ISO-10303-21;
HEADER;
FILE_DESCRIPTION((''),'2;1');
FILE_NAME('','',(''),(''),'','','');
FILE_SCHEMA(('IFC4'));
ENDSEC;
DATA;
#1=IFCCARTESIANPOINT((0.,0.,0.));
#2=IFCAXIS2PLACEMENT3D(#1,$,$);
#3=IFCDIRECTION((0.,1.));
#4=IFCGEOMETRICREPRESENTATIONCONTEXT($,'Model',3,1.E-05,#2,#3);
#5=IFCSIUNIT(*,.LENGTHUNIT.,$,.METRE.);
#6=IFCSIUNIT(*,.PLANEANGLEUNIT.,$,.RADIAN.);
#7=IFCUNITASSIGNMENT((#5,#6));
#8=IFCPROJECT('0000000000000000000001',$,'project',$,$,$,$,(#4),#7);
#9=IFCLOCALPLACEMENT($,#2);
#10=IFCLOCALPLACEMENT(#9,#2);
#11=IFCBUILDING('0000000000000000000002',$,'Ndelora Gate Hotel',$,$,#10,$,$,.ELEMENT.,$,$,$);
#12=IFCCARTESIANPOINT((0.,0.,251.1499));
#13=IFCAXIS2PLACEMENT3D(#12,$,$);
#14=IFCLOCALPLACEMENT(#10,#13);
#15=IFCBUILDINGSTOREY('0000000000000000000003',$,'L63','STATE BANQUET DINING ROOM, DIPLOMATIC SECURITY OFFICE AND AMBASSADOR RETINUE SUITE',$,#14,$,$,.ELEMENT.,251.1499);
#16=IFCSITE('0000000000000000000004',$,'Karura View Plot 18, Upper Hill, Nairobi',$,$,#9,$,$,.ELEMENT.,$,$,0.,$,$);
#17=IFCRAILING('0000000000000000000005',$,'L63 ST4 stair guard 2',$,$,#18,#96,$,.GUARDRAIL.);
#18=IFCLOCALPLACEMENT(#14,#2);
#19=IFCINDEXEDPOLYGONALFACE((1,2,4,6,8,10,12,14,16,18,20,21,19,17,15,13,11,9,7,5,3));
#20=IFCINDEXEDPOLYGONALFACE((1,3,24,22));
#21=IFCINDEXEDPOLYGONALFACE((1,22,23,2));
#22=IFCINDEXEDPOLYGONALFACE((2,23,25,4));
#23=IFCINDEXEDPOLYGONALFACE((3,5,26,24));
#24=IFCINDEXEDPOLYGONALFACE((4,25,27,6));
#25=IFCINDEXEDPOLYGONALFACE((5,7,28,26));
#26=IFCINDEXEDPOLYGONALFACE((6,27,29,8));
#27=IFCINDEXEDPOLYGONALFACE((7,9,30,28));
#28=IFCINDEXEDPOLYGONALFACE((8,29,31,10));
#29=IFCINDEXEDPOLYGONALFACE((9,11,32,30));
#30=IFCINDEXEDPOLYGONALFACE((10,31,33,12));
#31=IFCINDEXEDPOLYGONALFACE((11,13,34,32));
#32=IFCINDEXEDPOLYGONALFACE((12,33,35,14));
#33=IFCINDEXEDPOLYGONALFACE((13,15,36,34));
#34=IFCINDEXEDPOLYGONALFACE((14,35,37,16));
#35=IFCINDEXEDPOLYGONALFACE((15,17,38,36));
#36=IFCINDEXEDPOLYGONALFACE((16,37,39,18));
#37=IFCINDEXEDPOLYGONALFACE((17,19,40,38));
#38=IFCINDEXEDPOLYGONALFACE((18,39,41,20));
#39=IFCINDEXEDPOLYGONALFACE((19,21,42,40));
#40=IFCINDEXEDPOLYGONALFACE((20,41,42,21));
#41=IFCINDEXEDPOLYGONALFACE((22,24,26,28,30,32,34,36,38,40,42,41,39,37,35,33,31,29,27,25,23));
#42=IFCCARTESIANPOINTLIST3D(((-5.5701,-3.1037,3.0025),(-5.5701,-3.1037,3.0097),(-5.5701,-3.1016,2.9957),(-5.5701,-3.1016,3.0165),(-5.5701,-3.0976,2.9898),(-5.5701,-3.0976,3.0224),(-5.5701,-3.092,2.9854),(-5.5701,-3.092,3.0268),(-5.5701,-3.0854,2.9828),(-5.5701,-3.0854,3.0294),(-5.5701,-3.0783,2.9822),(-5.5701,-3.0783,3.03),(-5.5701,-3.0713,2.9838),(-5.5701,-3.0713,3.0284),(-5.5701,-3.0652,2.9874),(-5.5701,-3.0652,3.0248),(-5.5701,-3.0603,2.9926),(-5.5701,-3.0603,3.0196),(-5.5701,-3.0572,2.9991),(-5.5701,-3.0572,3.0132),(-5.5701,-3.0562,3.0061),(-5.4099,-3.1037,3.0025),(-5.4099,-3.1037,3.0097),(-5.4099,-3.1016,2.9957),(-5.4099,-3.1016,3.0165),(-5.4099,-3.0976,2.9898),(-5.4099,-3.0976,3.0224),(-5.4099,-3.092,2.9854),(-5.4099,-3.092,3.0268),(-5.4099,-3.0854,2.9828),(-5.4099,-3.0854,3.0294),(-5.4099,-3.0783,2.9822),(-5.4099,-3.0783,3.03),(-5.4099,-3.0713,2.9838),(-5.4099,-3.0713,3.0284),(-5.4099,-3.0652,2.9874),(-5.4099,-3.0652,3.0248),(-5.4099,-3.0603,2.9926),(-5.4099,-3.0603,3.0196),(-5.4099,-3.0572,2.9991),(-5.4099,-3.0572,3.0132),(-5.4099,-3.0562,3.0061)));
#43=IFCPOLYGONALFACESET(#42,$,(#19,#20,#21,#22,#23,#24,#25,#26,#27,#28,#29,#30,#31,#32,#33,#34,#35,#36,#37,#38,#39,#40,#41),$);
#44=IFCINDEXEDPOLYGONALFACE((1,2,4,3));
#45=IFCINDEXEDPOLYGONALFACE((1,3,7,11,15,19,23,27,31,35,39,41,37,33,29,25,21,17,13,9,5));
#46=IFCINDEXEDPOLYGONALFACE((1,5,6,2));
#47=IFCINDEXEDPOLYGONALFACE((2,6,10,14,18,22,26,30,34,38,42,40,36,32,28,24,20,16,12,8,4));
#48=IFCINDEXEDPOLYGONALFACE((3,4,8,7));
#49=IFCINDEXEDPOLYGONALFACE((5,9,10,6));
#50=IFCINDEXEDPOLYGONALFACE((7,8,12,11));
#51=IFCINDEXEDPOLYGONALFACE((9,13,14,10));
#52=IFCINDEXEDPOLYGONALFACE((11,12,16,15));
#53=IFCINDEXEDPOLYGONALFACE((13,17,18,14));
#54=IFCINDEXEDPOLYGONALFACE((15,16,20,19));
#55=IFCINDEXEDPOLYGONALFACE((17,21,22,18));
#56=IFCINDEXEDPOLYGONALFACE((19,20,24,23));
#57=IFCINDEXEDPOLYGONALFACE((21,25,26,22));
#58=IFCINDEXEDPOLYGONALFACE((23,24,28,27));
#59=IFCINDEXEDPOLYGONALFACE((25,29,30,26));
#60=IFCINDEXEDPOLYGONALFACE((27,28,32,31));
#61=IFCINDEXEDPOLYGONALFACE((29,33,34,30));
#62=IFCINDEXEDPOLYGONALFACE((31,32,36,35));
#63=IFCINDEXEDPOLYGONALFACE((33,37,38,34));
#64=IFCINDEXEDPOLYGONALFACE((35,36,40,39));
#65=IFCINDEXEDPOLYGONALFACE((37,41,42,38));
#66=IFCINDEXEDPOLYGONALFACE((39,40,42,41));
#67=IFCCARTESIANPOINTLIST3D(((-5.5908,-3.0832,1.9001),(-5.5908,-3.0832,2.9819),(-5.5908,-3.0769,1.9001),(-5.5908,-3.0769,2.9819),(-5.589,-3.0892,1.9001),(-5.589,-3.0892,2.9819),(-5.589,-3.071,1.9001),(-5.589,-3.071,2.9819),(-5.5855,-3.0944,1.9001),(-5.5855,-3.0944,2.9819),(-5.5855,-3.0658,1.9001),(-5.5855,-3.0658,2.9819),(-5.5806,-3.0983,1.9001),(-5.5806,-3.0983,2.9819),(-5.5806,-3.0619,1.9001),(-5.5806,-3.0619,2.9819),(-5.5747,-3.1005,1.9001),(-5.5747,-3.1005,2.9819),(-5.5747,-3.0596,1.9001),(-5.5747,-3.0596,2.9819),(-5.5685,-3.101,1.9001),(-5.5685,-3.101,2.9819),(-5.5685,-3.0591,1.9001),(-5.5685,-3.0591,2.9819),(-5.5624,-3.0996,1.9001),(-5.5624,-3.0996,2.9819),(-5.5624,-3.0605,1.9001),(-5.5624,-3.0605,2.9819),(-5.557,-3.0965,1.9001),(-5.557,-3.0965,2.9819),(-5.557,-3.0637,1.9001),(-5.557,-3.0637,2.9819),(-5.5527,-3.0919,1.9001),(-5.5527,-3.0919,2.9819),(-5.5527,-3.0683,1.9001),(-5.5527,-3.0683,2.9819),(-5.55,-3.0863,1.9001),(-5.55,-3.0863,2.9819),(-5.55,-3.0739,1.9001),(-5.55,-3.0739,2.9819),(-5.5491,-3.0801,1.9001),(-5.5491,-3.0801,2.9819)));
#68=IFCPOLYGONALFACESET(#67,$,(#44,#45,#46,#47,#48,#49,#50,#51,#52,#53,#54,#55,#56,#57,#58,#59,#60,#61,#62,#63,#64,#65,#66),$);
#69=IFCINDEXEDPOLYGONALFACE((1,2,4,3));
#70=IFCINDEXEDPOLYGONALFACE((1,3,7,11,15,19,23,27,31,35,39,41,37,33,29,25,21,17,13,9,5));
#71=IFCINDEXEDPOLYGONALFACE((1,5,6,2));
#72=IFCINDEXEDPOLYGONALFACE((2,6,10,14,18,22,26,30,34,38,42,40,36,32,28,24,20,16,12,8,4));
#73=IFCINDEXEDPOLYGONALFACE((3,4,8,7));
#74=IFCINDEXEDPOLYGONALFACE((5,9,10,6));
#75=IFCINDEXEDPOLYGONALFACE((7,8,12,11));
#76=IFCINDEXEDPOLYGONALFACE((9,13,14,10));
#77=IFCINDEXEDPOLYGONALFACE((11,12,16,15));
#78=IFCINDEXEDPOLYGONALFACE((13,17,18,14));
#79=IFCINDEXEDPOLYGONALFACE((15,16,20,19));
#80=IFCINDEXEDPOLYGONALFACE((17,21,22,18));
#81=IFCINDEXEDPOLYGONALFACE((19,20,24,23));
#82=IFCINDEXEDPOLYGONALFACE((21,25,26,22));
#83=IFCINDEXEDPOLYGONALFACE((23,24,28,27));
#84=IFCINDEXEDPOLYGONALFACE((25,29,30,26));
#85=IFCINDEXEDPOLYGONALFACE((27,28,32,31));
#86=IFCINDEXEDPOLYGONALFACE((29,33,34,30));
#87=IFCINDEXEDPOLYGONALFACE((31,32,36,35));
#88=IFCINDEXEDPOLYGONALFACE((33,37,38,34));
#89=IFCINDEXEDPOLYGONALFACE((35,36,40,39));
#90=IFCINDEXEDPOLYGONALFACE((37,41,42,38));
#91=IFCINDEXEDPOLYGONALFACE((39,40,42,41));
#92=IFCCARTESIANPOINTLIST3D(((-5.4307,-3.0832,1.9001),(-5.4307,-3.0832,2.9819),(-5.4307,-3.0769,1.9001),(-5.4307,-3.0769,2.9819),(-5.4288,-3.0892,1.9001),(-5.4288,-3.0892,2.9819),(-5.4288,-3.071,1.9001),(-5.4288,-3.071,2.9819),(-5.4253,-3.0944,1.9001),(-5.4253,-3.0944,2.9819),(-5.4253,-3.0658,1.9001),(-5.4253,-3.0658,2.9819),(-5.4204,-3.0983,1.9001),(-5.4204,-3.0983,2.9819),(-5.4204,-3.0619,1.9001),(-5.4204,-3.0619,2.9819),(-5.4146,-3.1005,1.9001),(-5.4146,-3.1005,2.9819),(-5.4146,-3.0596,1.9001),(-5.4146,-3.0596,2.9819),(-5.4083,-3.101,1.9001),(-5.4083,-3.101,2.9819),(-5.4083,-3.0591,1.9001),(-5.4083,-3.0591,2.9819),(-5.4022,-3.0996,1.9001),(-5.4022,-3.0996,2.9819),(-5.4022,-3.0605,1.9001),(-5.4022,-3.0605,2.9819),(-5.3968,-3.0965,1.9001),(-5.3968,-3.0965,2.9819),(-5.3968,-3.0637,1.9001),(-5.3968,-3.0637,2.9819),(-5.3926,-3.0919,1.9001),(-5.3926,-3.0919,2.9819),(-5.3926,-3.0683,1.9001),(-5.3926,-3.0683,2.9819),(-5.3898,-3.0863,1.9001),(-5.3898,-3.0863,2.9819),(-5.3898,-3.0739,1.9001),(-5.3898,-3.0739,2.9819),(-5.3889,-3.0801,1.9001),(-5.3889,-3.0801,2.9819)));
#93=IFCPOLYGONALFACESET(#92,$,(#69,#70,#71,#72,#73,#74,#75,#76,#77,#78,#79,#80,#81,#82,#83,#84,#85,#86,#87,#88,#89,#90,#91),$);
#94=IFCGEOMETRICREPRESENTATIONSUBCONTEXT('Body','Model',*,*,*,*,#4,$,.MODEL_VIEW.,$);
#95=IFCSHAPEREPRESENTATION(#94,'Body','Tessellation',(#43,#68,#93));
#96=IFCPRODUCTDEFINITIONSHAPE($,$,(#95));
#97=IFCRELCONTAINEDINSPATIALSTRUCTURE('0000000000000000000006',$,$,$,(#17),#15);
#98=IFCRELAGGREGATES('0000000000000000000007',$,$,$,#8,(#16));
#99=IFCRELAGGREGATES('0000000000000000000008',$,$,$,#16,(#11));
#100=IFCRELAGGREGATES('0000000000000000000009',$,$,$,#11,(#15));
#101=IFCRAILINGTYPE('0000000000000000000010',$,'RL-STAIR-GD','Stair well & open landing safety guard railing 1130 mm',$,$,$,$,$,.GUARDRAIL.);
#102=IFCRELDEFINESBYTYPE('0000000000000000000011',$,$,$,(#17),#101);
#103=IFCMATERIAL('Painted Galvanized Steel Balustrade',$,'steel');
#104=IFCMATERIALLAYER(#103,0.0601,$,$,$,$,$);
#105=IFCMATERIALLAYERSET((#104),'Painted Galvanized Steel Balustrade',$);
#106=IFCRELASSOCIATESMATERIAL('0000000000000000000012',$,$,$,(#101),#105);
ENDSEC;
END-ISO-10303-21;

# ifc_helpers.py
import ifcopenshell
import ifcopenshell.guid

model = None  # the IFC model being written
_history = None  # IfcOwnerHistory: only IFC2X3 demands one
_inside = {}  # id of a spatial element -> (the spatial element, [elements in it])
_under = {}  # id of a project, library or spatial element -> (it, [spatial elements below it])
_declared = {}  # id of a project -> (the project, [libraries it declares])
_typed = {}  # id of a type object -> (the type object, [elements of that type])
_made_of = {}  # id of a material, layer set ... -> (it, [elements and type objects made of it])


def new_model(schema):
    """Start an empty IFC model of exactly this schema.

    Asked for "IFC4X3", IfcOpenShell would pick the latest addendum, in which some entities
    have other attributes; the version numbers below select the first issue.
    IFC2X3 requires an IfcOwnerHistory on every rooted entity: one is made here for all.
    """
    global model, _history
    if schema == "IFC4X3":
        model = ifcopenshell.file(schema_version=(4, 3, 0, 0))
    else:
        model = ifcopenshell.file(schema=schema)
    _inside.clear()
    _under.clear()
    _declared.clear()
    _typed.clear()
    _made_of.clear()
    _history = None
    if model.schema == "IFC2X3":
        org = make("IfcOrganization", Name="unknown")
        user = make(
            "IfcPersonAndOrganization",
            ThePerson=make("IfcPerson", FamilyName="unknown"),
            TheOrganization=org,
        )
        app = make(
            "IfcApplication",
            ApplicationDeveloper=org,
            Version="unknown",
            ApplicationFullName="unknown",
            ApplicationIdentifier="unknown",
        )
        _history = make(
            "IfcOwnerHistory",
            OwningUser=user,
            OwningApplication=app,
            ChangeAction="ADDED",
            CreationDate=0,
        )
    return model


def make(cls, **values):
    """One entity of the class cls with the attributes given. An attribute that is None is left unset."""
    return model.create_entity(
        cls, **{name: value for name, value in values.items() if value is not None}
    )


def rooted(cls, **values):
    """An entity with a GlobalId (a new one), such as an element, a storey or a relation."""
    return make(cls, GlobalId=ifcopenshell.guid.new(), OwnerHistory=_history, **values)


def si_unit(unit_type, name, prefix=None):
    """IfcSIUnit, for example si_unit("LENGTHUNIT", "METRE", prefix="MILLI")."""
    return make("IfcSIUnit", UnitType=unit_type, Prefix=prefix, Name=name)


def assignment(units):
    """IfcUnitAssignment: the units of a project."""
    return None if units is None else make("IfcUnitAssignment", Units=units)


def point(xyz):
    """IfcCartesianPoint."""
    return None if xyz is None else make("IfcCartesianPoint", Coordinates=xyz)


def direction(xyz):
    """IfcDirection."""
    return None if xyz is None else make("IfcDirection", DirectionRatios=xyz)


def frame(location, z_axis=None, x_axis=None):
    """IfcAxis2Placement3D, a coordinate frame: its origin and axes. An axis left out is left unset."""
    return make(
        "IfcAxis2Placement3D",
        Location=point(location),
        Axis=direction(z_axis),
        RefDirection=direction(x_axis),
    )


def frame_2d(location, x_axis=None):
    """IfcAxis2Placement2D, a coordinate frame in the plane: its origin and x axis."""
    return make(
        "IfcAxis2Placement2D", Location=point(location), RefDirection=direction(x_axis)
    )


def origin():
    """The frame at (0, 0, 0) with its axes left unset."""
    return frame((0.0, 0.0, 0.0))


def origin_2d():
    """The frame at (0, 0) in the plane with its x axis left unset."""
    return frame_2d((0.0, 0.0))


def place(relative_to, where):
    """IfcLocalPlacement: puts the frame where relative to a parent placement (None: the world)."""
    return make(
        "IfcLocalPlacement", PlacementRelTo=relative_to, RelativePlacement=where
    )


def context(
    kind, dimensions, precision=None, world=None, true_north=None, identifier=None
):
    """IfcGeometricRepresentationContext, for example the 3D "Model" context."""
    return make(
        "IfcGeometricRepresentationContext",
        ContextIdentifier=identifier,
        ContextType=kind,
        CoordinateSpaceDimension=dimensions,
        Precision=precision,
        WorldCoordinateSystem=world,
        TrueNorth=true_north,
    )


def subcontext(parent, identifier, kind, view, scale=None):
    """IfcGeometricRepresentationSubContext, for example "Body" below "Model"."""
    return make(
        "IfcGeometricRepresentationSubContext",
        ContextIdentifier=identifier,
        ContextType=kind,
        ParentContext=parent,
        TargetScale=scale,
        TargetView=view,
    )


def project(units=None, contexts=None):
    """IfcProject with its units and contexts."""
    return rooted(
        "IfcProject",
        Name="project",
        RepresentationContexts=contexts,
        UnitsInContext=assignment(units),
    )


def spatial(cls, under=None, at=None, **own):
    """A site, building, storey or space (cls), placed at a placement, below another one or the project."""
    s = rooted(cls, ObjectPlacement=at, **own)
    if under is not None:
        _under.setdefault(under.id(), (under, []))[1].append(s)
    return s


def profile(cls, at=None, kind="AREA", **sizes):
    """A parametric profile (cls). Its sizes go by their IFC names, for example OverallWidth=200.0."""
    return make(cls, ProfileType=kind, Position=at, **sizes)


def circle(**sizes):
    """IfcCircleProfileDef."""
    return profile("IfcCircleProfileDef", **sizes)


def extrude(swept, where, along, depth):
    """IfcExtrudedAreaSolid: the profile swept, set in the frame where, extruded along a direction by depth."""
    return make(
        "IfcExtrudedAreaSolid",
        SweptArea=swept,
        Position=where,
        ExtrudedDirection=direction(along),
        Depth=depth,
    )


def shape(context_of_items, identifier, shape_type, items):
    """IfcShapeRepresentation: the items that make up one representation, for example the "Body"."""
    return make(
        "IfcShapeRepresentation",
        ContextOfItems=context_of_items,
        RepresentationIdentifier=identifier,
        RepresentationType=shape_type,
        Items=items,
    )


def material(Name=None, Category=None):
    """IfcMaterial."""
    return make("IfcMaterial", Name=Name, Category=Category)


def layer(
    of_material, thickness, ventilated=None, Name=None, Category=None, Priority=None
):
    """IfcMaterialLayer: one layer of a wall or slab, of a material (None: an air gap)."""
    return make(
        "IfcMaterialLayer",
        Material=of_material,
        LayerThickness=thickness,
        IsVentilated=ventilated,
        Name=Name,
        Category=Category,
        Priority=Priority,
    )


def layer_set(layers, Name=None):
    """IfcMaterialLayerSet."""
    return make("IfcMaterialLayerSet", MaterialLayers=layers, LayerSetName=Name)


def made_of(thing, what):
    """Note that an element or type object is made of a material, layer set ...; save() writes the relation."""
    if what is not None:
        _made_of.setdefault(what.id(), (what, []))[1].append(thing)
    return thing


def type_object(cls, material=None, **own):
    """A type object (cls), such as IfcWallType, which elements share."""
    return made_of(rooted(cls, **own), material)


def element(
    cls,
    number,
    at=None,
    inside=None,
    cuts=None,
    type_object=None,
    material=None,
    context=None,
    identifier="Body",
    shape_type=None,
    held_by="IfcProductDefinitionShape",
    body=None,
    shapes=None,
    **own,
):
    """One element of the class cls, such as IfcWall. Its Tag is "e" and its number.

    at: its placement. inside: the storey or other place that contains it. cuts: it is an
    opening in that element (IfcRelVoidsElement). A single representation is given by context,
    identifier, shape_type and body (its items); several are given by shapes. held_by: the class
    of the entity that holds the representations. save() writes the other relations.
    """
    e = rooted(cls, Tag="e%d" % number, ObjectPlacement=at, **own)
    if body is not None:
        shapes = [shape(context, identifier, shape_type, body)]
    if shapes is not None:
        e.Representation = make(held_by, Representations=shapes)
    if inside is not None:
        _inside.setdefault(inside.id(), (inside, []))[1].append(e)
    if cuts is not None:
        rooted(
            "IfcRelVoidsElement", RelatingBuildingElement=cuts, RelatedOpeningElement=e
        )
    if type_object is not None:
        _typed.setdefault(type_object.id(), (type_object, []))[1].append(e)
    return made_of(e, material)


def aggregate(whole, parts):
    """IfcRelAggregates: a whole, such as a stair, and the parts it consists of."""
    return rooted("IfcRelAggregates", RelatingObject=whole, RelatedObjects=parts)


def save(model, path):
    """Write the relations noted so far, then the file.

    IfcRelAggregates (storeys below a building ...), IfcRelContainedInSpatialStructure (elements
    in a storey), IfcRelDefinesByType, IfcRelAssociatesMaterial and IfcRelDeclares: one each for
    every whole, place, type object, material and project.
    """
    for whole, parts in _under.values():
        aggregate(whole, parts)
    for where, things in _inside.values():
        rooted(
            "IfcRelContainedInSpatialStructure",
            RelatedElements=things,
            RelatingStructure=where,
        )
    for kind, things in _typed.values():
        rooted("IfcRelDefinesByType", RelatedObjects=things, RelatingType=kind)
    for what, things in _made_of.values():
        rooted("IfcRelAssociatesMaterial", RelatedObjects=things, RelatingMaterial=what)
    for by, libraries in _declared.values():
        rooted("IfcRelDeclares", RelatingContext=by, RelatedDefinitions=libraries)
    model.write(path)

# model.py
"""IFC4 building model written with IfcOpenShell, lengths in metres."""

from ifc_helpers import new_model, si_unit, direction, frame, origin, origin_2d, place, context, subcontext, project, spatial, circle, extrude, material, layer, layer_set, type_object, element, save


model = new_model("IFC4")

# Units and contexts
model_context = context("Model", 3, precision=1e-05, world=origin(), true_north=direction((0.0, 1.0)))
body_context = subcontext(model_context, "Body", "Model", "MODEL_VIEW")
ifc_project = project(units=[si_unit("LENGTHUNIT", "METRE"), si_unit("PLANEANGLEUNIT", "RADIAN")], contexts=[model_context])

# Site, building, storey
site_placement = place(None, origin())
site = spatial("IfcSite", under=ifc_project, at=site_placement, Name="Karura View Plot 18, Upper Hill, Nairobi", CompositionType="ELEMENT", RefElevation=0.0)
building_placement = place(site_placement, origin())
building = spatial("IfcBuilding", under=site, at=building_placement, Name="Ndelora Gate Hotel", CompositionType="ELEMENT")
storey_placement = place(building_placement, frame((0.0, 0.0, 251.1499)))
storey = spatial("IfcBuildingStorey", under=building, at=storey_placement, Name="L63", Description="STATE BANQUET DINING ROOM, DIPLOMATIC SECURITY OFFICE AND AMBASSADOR RETINUE SUITE", CompositionType="ELEMENT", Elevation=251.1499)

# Railing
ifc_material_1 = material(Name="Painted Galvanized Steel Balustrade", Category="steel")
ifc_layer_1 = layer(ifc_material_1, 0.0601)
ifc_layer_set_1 = layer_set([ifc_layer_1], Name="Painted Galvanized Steel Balustrade")
railing_type_1 = type_object("IfcRailingType", Name="RL-STAIR-GD", Description="Stair well & open landing safety guard railing 1130 mm", PredefinedType="GUARDRAIL", material=ifc_layer_set_1)
railing_1_placement = place(storey_placement, frame((-5.5701, -3.0801, 1.9001)))
element("IfcRailing", 1, at=railing_1_placement, inside=storey, type_object=railing_type_1, Name="L63 ST4 stair guard 2", PredefinedType="GUARDRAIL", context=body_context, shape_type="SweptSolid", body=[
    extrude(circle(Radius=0.0239, at=origin_2d()), frame((0.0, 0.0, 1.106), z_axis=(1.0, 0.0, 0.0), x_axis=(0.0, 1.0, 0.0)), (0.0, 0.0, 1.0), 0.1602),
    extrude(circle(Radius=0.021, at=origin_2d()), origin(), (0.0, 0.0, 1.0), 1.0818),
    extrude(circle(Radius=0.021, at=origin_2d()), frame((0.1602, 0.0, 0.0)), (0.0, 0.0, 1.0), 1.0818),
])

save(model, "model.ifc")
